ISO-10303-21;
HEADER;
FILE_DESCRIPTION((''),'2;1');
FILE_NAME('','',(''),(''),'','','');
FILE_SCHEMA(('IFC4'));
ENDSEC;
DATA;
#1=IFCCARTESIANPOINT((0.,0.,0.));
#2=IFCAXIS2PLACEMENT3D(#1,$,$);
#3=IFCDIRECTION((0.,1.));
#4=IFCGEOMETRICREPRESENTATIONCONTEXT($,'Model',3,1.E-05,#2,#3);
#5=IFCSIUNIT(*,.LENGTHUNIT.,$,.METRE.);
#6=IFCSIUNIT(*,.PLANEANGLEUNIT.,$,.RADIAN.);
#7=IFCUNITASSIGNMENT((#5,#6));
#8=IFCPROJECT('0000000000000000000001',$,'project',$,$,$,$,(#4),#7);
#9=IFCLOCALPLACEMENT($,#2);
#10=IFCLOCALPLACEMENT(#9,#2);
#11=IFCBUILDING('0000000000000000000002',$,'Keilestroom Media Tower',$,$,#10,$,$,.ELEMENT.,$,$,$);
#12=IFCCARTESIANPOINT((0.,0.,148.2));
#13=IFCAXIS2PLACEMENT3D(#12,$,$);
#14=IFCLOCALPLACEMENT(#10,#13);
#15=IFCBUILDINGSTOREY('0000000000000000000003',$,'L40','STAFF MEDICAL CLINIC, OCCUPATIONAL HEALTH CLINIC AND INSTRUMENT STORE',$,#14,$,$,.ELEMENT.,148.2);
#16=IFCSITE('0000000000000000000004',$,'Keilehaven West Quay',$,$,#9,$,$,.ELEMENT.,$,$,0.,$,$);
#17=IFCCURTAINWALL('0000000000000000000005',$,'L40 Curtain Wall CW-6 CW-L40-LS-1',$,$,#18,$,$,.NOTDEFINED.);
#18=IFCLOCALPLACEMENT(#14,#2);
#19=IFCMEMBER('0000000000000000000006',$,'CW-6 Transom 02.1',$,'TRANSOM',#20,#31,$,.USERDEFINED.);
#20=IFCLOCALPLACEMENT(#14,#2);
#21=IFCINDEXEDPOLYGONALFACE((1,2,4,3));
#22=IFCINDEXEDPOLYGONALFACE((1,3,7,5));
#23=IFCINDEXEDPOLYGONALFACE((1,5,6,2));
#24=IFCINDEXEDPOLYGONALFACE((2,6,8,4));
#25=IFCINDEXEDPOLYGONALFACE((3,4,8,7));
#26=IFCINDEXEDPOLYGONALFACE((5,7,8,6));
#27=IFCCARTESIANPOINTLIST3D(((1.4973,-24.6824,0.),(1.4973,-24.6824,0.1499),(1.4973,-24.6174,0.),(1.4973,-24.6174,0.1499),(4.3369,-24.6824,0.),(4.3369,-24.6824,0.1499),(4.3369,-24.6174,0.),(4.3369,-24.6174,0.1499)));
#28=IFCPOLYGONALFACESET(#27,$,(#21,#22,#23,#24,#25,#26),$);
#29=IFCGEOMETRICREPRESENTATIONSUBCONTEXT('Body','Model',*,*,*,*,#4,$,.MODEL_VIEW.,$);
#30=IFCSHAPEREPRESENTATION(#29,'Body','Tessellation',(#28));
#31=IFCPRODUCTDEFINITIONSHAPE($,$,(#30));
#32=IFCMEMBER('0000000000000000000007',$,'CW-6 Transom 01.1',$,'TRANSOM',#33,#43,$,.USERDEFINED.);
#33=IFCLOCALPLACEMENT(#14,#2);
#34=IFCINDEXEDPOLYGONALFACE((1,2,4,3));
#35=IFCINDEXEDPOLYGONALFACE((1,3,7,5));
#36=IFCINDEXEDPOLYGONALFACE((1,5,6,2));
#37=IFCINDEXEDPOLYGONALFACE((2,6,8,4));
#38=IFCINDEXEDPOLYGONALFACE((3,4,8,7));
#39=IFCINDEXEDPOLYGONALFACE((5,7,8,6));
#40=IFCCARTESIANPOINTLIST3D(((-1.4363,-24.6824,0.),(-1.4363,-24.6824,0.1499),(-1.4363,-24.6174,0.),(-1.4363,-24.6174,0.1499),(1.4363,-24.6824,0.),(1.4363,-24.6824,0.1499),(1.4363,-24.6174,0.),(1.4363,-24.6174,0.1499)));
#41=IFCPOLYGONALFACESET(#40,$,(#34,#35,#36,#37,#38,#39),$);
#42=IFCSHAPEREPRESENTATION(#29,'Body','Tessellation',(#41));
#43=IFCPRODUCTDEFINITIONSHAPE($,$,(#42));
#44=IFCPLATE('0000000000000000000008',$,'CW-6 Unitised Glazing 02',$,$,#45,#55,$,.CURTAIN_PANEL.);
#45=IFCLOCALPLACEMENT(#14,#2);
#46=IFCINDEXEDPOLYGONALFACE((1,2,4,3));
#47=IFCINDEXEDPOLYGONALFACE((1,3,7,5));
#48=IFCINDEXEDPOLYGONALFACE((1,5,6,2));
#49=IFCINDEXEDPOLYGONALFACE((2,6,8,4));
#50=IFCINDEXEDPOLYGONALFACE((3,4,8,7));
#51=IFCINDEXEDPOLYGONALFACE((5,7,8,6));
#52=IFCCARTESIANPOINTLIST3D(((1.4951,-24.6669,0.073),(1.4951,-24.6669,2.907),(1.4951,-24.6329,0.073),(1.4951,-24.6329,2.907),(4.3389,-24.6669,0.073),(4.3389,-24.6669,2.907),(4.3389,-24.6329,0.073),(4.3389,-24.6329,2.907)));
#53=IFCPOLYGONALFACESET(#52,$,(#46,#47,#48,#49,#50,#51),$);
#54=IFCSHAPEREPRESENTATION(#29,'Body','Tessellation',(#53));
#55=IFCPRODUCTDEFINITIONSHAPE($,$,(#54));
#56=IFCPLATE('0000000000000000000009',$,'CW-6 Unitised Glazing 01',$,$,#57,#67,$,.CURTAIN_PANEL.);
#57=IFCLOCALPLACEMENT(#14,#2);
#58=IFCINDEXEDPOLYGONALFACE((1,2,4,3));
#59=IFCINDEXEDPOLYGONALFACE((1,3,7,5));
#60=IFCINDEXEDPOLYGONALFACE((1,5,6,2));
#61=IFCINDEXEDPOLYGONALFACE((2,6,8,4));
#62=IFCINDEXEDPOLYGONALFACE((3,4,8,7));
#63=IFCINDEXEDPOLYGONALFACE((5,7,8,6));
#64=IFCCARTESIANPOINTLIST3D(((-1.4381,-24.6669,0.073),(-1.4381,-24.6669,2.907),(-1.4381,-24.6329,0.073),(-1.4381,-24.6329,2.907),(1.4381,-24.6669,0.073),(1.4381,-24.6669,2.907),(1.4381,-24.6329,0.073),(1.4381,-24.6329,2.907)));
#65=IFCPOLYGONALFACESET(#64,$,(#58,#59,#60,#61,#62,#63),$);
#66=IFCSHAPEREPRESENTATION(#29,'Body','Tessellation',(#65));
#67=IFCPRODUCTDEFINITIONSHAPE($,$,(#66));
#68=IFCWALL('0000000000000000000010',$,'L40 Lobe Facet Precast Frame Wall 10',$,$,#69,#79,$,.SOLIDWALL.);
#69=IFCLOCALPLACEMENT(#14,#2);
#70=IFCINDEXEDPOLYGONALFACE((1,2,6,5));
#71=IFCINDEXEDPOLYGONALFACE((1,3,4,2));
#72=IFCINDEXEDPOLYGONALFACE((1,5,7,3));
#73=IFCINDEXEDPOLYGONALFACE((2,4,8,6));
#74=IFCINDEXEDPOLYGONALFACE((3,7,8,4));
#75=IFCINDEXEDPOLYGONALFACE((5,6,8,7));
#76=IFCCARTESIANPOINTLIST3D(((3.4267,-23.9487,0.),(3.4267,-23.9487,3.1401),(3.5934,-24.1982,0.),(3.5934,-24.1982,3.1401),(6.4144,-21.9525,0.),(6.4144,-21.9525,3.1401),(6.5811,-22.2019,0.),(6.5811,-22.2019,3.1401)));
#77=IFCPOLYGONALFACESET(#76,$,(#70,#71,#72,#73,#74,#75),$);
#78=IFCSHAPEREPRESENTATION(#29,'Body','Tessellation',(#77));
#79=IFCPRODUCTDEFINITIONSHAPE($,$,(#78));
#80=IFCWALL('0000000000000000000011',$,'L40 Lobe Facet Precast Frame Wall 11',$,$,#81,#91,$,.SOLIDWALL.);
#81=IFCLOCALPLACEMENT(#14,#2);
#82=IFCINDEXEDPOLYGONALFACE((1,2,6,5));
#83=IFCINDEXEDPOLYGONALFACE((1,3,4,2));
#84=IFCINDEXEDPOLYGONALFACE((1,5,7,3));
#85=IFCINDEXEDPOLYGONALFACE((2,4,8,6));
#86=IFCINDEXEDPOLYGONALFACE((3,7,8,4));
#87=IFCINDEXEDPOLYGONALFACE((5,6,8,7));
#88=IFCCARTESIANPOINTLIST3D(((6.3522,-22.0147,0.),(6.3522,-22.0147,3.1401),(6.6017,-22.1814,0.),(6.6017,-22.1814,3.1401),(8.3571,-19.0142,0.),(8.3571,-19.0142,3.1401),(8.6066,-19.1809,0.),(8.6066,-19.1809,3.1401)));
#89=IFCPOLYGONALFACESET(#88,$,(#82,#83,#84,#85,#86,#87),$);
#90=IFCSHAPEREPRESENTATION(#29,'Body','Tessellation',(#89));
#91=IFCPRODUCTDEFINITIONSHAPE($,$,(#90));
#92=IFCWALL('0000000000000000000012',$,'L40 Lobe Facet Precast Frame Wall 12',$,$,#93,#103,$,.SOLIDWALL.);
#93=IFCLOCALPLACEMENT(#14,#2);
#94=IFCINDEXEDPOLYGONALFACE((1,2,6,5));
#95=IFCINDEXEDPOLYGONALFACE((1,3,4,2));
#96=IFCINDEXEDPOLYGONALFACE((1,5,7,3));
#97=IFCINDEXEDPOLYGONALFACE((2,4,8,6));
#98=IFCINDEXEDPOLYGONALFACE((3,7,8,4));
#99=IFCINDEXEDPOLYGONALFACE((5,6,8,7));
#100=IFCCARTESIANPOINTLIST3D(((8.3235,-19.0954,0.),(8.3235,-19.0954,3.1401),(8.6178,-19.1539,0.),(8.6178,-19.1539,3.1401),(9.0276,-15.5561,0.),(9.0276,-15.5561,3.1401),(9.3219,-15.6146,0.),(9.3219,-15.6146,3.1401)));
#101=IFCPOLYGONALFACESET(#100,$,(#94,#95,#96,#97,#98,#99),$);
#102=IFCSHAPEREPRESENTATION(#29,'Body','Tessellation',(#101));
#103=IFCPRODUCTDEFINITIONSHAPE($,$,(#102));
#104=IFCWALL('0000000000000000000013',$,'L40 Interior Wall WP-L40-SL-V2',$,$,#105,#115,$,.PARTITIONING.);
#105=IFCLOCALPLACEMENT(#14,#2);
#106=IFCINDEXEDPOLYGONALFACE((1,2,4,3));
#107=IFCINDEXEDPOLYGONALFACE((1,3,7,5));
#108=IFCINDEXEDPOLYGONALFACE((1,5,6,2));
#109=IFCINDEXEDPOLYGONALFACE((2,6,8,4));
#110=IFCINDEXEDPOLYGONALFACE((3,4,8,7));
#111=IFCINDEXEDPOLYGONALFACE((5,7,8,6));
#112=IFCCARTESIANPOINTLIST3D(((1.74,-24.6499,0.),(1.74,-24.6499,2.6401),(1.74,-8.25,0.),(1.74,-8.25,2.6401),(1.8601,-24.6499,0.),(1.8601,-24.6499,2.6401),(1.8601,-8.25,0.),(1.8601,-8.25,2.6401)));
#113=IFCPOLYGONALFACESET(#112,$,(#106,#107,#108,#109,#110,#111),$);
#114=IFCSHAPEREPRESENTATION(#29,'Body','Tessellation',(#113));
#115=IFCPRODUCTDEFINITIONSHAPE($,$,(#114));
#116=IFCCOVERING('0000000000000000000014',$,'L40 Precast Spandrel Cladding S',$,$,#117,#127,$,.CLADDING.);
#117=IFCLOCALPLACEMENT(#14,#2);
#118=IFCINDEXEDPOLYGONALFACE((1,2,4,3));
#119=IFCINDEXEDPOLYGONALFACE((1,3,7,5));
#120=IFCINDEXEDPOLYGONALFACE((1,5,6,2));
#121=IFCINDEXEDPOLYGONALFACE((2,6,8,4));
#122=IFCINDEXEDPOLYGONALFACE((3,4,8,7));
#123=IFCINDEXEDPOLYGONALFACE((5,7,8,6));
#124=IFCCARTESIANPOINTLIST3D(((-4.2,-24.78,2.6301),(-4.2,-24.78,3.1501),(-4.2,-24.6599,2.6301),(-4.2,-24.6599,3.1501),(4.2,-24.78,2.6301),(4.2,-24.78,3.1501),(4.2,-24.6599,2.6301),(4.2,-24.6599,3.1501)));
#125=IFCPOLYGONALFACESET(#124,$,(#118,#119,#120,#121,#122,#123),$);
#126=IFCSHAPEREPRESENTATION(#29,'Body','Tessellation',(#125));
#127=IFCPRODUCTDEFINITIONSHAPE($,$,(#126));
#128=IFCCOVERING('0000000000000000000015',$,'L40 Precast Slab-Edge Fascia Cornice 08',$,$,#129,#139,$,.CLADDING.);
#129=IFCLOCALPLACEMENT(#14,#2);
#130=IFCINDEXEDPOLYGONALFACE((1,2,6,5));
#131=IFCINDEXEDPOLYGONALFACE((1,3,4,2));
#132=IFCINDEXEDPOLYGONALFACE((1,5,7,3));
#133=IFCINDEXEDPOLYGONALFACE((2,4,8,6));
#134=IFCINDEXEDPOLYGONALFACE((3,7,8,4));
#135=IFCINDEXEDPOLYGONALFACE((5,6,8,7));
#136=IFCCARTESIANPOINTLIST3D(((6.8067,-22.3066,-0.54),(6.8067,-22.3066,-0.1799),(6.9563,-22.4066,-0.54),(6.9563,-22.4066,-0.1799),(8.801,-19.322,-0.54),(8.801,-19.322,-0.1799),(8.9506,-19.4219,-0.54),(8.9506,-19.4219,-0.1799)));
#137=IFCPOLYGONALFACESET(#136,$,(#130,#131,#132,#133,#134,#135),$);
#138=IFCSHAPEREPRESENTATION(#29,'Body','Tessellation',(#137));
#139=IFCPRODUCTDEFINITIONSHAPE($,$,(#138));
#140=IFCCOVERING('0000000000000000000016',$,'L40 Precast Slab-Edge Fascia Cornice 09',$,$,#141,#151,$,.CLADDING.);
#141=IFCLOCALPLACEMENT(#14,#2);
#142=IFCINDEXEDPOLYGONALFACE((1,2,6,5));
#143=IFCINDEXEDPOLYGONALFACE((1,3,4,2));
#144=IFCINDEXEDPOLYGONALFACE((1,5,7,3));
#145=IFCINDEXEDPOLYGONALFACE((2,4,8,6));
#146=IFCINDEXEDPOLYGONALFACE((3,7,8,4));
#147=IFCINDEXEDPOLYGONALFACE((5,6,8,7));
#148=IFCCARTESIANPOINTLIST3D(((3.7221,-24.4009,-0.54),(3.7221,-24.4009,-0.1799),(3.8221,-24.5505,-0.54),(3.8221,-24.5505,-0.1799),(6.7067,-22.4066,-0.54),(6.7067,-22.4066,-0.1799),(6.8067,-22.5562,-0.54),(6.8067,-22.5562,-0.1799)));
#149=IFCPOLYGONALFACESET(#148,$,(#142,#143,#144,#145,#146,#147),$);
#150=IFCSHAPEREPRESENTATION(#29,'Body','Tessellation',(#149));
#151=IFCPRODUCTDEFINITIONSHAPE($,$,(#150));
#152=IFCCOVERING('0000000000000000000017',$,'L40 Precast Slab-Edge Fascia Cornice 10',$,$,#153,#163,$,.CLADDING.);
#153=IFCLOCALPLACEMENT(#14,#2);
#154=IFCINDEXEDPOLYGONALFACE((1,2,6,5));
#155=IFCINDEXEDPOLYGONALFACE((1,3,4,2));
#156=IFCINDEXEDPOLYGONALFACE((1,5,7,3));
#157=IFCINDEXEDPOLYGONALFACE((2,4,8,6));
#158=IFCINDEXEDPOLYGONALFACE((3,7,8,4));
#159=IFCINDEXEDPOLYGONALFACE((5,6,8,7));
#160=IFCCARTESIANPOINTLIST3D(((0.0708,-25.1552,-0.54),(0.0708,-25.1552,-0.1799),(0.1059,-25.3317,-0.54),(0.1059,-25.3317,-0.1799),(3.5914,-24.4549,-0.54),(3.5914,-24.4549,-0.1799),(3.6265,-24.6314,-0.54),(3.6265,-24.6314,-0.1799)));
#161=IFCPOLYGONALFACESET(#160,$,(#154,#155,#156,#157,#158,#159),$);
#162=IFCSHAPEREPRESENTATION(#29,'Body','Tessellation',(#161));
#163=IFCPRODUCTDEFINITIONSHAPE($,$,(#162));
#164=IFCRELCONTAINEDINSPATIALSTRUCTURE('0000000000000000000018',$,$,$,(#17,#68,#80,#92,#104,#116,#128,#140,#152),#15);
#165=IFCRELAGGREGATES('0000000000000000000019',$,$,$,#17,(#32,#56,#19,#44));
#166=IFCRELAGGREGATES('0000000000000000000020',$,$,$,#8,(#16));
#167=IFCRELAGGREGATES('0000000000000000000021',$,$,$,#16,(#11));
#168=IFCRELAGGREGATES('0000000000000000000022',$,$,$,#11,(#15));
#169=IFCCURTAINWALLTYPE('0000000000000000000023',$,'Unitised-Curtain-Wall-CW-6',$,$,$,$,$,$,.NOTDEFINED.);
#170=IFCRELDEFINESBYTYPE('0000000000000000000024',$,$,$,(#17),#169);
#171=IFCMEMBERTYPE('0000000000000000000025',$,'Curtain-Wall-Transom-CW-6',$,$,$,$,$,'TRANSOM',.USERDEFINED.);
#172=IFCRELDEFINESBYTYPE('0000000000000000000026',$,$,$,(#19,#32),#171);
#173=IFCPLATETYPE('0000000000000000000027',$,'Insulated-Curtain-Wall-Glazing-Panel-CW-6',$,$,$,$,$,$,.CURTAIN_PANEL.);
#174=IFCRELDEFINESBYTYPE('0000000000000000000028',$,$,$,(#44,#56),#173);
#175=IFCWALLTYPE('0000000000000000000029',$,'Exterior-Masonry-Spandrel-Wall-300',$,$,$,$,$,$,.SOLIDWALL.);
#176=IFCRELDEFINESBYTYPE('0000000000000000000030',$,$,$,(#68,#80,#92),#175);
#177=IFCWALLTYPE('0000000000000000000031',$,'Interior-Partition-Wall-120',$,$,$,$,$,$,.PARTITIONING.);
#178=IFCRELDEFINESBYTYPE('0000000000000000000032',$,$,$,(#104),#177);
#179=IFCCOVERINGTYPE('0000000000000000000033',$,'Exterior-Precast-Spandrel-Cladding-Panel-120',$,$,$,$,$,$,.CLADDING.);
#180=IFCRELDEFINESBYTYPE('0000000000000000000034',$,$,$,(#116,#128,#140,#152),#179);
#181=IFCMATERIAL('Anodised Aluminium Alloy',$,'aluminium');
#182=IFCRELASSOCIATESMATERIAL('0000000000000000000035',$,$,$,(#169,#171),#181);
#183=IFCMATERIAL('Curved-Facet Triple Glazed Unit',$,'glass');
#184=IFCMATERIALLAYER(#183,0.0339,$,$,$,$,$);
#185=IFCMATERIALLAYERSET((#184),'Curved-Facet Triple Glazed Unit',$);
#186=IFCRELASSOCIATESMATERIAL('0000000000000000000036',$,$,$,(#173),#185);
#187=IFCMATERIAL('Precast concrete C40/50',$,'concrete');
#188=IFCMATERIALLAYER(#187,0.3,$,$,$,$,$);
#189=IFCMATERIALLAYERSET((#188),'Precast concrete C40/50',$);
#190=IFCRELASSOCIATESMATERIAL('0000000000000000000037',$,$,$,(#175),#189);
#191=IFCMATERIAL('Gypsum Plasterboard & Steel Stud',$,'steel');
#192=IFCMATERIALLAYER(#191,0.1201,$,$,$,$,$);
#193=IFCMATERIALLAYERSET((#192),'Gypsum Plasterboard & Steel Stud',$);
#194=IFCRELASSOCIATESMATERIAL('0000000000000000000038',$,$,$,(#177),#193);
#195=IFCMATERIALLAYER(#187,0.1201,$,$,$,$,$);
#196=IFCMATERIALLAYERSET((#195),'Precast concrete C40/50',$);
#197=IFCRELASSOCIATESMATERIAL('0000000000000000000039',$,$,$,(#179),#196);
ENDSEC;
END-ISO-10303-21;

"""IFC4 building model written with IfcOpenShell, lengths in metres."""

from ifc_helpers import new_model, si_unit, direction, frame, frame_2d, origin, origin_2d, place, context, subcontext, project, spatial, rectangle, extrude, source, transform, mapped, material, layer, layer_set, material_profile, profile_set, type_object, element, aggregate, save


model = new_model("IFC4")

# Units and contexts
model_context = context("Model", 3, precision=1e-05, world=origin(), true_north=direction((0.0, 1.0)))
body_context = subcontext(model_context, "Body", "Model", "MODEL_VIEW")
ifc_project = project(units=[si_unit("LENGTHUNIT", "METRE"), si_unit("PLANEANGLEUNIT", "RADIAN")], contexts=[model_context])

# Site, building, storey
site_placement = place(None, origin())
site = spatial("IfcSite", under=ifc_project, at=site_placement, Name="Keilehaven West Quay", CompositionType="ELEMENT", RefElevation=0.0)
building_placement = place(site_placement, origin())
building = spatial("IfcBuilding", under=site, at=building_placement, Name="Keilestroom Media Tower", CompositionType="ELEMENT")
storey_placement = place(building_placement, frame((0.0, 0.0, 148.2)))
storey = spatial("IfcBuildingStorey", under=building, at=storey_placement, Name="L40", Description="STAFF MEDICAL CLINIC, OCCUPATIONAL HEALTH CLINIC AND INSTRUMENT STORE", CompositionType="ELEMENT", Elevation=148.2)

# Curtain wall, members, plates
ifc_material_1 = material(Name="Anodised Aluminium Alloy", Category="aluminium")
curtain_wall_type = type_object("IfcCurtainWallType", Name="Unitised-Curtain-Wall-CW-6", PredefinedType="NOTDEFINED", material=ifc_material_1)
curtain_wall_placement = place(storey_placement, origin())
curtain_wall = element("IfcCurtainWall", 1, at=curtain_wall_placement, inside=storey, type_object=curtain_wall_type, Name="L40 Curtain Wall CW-6 CW-L40-LS-1", PredefinedType="NOTDEFINED")
ifc_material_profile_1 = material_profile(ifc_material_1, rectangle(XDim=0.0649, YDim=0.1499, at=origin_2d()), Name="ALU TRANSOM 65x150")
ifc_profile_set_1 = profile_set([ifc_material_profile_1], Name="Anodised Aluminium Alloy")
member_type_1 = type_object("IfcMemberType", Name="Curtain-Wall-Transom-CW-6", ElementType="TRANSOM", PredefinedType="USERDEFINED", material=ifc_profile_set_1)
shared_shape_1 = source(origin(), body_context, "Body", "SweptSolid", [
    extrude(rectangle(XDim=0.0649, YDim=0.1499, at=origin_2d()), origin(), (0.0, 0.0, 1.0), 2.8396),
])
member_1_placement = place(storey_placement, frame((1.4973, -24.6499, 0.075), z_axis=(1.0, 0.0, 0.0), x_axis=(0.0, 1.0, 0.0)))
member_1 = element("IfcMember", 2, at=member_1_placement, type_object=member_type_1, Name="CW-6 Transom 02.1", ObjectType="TRANSOM", PredefinedType="USERDEFINED", context=body_context, shape_type="MappedRepresentation", body=[
    mapped(shared_shape_1, transform((0.0, 0.0, 0.0), x_axis=(1.0, 0.0, 0.0), y_axis=(0.0, 1.0, 0.0), z_axis=(0.0, 0.0, 1.0), scale=1.0)),
])
shared_shape_2 = source(origin(), body_context, "Body", "SweptSolid", [
    extrude(rectangle(XDim=0.0649, YDim=0.1499, at=origin_2d()), origin(), (0.0, 0.0, 1.0), 2.8726),
])
member_2_placement = place(storey_placement, frame((-1.4363, -24.6499, 0.075), z_axis=(1.0, 0.0, 0.0), x_axis=(0.0, 1.0, 0.0)))
member_2 = element("IfcMember", 3, at=member_2_placement, type_object=member_type_1, Name="CW-6 Transom 01.1", ObjectType="TRANSOM", PredefinedType="USERDEFINED", context=body_context, shape_type="MappedRepresentation", body=[
    mapped(shared_shape_2, transform((0.0, 0.0, 0.0), x_axis=(1.0, 0.0, 0.0), y_axis=(0.0, 1.0, 0.0), z_axis=(0.0, 0.0, 1.0), scale=1.0)),
])
ifc_material_2 = material(Name="Curved-Facet Triple Glazed Unit", Category="glass")
ifc_layer_1 = layer(ifc_material_2, 0.0339)
ifc_layer_set_1 = layer_set([ifc_layer_1], Name="Curved-Facet Triple Glazed Unit")
plate_type = type_object("IfcPlateType", Name="Insulated-Curtain-Wall-Glazing-Panel-CW-6", PredefinedType="CURTAIN_PANEL", material=ifc_layer_set_1)
shared_shape_3 = source(origin(), body_context, "Body", "SweptSolid", [
    extrude(rectangle(XDim=2.8438, YDim=0.0339, at=origin_2d()), origin(), (0.0, 0.0, 1.0), 2.834),
])
plate_1_placement = place(storey_placement, frame((2.917, -24.6499, 0.073), z_axis=(0.0, 0.0, 1.0), x_axis=(1.0, 0.0, 0.0)))
plate_1 = element("IfcPlate", 4, at=plate_1_placement, type_object=plate_type, Name="CW-6 Unitised Glazing 02", PredefinedType="CURTAIN_PANEL", context=body_context, shape_type="MappedRepresentation", body=[
    mapped(shared_shape_3, transform((0.0, 0.0, 0.0), x_axis=(1.0, 0.0, 0.0), y_axis=(0.0, 1.0, 0.0), z_axis=(0.0, 0.0, 1.0), scale=1.0)),
])
shared_shape_4 = source(origin(), body_context, "Body", "SweptSolid", [
    extrude(rectangle(XDim=2.8762, YDim=0.0339, at=origin_2d()), origin(), (0.0, 0.0, 1.0), 2.834),
])
plate_2_placement = place(storey_placement, frame((0.0, -24.6499, 0.073), z_axis=(0.0, 0.0, 1.0), x_axis=(1.0, 0.0, 0.0)))
plate_2 = element("IfcPlate", 5, at=plate_2_placement, type_object=plate_type, Name="CW-6 Unitised Glazing 01", PredefinedType="CURTAIN_PANEL", context=body_context, shape_type="MappedRepresentation", body=[
    mapped(shared_shape_4, transform((0.0, 0.0, 0.0), x_axis=(1.0, 0.0, 0.0), y_axis=(0.0, 1.0, 0.0), z_axis=(0.0, 0.0, 1.0), scale=1.0)),
])
aggregate(curtain_wall, [member_2, plate_2, member_1, plate_1])

# Walls
ifc_material_3 = material(Name="Precast concrete C40/50", Category="concrete")
ifc_layer_2 = layer(ifc_material_3, 0.3)
ifc_layer_set_2 = layer_set([ifc_layer_2], Name="Precast concrete C40/50")
wall_type_1 = type_object("IfcWallType", Name="Exterior-Masonry-Spandrel-Wall-300", PredefinedType="SOLIDWALL", material=ifc_layer_set_2)
wall_1_placement = place(storey_placement, frame((3.51, -24.0735, 0.0), z_axis=(0.0, 0.0, 1.0), x_axis=(0.831475, 0.555562, 0.0)))
element("IfcWall", 6, at=wall_1_placement, inside=storey, type_object=wall_type_1, Name="L40 Lobe Facet Precast Frame Wall 10", PredefinedType="SOLIDWALL", context=body_context, shape_type="SweptSolid", body=[
    extrude(rectangle(XDim=3.5933, YDim=0.3, at=frame_2d((1.7966, 0.0))), origin(), (0.0, 0.0, 1.0), 3.1401),
])
for number, where, z_axis, x_axis, name in (
    (7, (6.4771, -22.0979, 0.0), (0.0, 0.0, 1.0), (0.555574, 0.831467, 0.0), "L40 Lobe Facet Precast Frame Wall 11"),
    (8, (8.4707, -19.1245, 0.0), (0.0, 0.0, 1.0), (0.195114, 0.980781, 0.0), "L40 Lobe Facet Precast Frame Wall 12"),
):
    element("IfcWall", number, at=place(storey_placement, frame(where, z_axis=z_axis, x_axis=x_axis)), inside=storey, type_object=wall_type_1, Name=name, PredefinedType="SOLIDWALL", context=body_context, shape_type="SweptSolid", body=[
        extrude(rectangle(XDim=3.6086, YDim=0.3, at=frame_2d((1.8042, 0.0))), origin(), (0.0, 0.0, 1.0), 3.1401),
    ])
ifc_material_4 = material(Name="Gypsum Plasterboard & Steel Stud", Category="steel")
ifc_layer_3 = layer(ifc_material_4, 0.1201)
ifc_layer_set_3 = layer_set([ifc_layer_3], Name="Gypsum Plasterboard & Steel Stud")
wall_type_2 = type_object("IfcWallType", Name="Interior-Partition-Wall-120", PredefinedType="PARTITIONING", material=ifc_layer_set_3)
wall_2_placement = place(storey_placement, frame((1.8, -24.6499, 0.0), z_axis=(0.0, 0.0, 1.0), x_axis=(0.0, 1.0, 0.0)))
element("IfcWall", 9, at=wall_2_placement, inside=storey, type_object=wall_type_2, Name="L40 Interior Wall WP-L40-SL-V2", PredefinedType="PARTITIONING", context=body_context, shape_type="SweptSolid", body=[
    extrude(rectangle(XDim=16.3999, YDim=0.1201, at=frame_2d((8.2, 0.0))), origin(), (0.0, 0.0, 1.0), 2.6401),
])

# Coverings
ifc_layer_4 = layer(ifc_material_3, 0.1201)
ifc_layer_set_4 = layer_set([ifc_layer_4], Name="Precast concrete C40/50")
covering_type = type_object("IfcCoveringType", Name="Exterior-Precast-Spandrel-Cladding-Panel-120", PredefinedType="CLADDING", material=ifc_layer_set_4)
shared_shape_5 = source(origin(), body_context, "Body", "SweptSolid", [
    extrude(rectangle(XDim=8.3999, YDim=0.1201, at=origin_2d()), origin(), (0.0, 0.0, 1.0), 0.52),
])
covering_placement = place(storey_placement, frame((0.0, -24.72, 2.6301), z_axis=(0.0, 0.0, 1.0), x_axis=(1.0, 0.0, 0.0)))
element("IfcCovering", 10, at=covering_placement, inside=storey, type_object=covering_type, Name="L40 Precast Spandrel Cladding S", PredefinedType="CLADDING", context=body_context, shape_type="MappedRepresentation", body=[
    mapped(shared_shape_5, transform((0.0, 0.0, 0.0), x_axis=(1.0, 0.0, 0.0), y_axis=(0.0, 1.0, 0.0), z_axis=(0.0, 0.0, 1.0), scale=1.0)),
])
shared_shape_6 = source(origin(), body_context, "Body", "SweptSolid", [
    extrude(rectangle(XDim=3.5896, YDim=0.1799, at=origin_2d()), origin(), (0.0, 0.0, 1.0), 0.3601),
])
for number, where, z_axis, x_axis, name in (
    (11, (7.8787, -20.8643, -0.54), (0.0, 0.0, 1.0), (-0.555575, -0.831467, 0.0), "L40 Precast Slab-Edge Fascia Cornice 08"),
    (12, (5.2644, -23.4785, -0.54), (0.0, 0.0, 1.0), (-0.831467, -0.555575, 0.0), "L40 Precast Slab-Edge Fascia Cornice 09"),
    (13, (1.8486, -24.8933, -0.54), (0.0, 0.0, 1.0), (-0.980784, -0.195099, 0.0), "L40 Precast Slab-Edge Fascia Cornice 10"),
):
    element("IfcCovering", number, at=place(storey_placement, frame(where, z_axis=z_axis, x_axis=x_axis)), inside=storey, type_object=covering_type, Name=name, PredefinedType="CLADDING", context=body_context, shape_type="MappedRepresentation", body=[
        mapped(shared_shape_6, transform((0.0, 0.0, 0.0), x_axis=(1.0, 0.0, 0.0), y_axis=(0.0, 1.0, 0.0), z_axis=(0.0, 0.0, 1.0), scale=1.0)),
    ])

save(model, "model.ifc")
